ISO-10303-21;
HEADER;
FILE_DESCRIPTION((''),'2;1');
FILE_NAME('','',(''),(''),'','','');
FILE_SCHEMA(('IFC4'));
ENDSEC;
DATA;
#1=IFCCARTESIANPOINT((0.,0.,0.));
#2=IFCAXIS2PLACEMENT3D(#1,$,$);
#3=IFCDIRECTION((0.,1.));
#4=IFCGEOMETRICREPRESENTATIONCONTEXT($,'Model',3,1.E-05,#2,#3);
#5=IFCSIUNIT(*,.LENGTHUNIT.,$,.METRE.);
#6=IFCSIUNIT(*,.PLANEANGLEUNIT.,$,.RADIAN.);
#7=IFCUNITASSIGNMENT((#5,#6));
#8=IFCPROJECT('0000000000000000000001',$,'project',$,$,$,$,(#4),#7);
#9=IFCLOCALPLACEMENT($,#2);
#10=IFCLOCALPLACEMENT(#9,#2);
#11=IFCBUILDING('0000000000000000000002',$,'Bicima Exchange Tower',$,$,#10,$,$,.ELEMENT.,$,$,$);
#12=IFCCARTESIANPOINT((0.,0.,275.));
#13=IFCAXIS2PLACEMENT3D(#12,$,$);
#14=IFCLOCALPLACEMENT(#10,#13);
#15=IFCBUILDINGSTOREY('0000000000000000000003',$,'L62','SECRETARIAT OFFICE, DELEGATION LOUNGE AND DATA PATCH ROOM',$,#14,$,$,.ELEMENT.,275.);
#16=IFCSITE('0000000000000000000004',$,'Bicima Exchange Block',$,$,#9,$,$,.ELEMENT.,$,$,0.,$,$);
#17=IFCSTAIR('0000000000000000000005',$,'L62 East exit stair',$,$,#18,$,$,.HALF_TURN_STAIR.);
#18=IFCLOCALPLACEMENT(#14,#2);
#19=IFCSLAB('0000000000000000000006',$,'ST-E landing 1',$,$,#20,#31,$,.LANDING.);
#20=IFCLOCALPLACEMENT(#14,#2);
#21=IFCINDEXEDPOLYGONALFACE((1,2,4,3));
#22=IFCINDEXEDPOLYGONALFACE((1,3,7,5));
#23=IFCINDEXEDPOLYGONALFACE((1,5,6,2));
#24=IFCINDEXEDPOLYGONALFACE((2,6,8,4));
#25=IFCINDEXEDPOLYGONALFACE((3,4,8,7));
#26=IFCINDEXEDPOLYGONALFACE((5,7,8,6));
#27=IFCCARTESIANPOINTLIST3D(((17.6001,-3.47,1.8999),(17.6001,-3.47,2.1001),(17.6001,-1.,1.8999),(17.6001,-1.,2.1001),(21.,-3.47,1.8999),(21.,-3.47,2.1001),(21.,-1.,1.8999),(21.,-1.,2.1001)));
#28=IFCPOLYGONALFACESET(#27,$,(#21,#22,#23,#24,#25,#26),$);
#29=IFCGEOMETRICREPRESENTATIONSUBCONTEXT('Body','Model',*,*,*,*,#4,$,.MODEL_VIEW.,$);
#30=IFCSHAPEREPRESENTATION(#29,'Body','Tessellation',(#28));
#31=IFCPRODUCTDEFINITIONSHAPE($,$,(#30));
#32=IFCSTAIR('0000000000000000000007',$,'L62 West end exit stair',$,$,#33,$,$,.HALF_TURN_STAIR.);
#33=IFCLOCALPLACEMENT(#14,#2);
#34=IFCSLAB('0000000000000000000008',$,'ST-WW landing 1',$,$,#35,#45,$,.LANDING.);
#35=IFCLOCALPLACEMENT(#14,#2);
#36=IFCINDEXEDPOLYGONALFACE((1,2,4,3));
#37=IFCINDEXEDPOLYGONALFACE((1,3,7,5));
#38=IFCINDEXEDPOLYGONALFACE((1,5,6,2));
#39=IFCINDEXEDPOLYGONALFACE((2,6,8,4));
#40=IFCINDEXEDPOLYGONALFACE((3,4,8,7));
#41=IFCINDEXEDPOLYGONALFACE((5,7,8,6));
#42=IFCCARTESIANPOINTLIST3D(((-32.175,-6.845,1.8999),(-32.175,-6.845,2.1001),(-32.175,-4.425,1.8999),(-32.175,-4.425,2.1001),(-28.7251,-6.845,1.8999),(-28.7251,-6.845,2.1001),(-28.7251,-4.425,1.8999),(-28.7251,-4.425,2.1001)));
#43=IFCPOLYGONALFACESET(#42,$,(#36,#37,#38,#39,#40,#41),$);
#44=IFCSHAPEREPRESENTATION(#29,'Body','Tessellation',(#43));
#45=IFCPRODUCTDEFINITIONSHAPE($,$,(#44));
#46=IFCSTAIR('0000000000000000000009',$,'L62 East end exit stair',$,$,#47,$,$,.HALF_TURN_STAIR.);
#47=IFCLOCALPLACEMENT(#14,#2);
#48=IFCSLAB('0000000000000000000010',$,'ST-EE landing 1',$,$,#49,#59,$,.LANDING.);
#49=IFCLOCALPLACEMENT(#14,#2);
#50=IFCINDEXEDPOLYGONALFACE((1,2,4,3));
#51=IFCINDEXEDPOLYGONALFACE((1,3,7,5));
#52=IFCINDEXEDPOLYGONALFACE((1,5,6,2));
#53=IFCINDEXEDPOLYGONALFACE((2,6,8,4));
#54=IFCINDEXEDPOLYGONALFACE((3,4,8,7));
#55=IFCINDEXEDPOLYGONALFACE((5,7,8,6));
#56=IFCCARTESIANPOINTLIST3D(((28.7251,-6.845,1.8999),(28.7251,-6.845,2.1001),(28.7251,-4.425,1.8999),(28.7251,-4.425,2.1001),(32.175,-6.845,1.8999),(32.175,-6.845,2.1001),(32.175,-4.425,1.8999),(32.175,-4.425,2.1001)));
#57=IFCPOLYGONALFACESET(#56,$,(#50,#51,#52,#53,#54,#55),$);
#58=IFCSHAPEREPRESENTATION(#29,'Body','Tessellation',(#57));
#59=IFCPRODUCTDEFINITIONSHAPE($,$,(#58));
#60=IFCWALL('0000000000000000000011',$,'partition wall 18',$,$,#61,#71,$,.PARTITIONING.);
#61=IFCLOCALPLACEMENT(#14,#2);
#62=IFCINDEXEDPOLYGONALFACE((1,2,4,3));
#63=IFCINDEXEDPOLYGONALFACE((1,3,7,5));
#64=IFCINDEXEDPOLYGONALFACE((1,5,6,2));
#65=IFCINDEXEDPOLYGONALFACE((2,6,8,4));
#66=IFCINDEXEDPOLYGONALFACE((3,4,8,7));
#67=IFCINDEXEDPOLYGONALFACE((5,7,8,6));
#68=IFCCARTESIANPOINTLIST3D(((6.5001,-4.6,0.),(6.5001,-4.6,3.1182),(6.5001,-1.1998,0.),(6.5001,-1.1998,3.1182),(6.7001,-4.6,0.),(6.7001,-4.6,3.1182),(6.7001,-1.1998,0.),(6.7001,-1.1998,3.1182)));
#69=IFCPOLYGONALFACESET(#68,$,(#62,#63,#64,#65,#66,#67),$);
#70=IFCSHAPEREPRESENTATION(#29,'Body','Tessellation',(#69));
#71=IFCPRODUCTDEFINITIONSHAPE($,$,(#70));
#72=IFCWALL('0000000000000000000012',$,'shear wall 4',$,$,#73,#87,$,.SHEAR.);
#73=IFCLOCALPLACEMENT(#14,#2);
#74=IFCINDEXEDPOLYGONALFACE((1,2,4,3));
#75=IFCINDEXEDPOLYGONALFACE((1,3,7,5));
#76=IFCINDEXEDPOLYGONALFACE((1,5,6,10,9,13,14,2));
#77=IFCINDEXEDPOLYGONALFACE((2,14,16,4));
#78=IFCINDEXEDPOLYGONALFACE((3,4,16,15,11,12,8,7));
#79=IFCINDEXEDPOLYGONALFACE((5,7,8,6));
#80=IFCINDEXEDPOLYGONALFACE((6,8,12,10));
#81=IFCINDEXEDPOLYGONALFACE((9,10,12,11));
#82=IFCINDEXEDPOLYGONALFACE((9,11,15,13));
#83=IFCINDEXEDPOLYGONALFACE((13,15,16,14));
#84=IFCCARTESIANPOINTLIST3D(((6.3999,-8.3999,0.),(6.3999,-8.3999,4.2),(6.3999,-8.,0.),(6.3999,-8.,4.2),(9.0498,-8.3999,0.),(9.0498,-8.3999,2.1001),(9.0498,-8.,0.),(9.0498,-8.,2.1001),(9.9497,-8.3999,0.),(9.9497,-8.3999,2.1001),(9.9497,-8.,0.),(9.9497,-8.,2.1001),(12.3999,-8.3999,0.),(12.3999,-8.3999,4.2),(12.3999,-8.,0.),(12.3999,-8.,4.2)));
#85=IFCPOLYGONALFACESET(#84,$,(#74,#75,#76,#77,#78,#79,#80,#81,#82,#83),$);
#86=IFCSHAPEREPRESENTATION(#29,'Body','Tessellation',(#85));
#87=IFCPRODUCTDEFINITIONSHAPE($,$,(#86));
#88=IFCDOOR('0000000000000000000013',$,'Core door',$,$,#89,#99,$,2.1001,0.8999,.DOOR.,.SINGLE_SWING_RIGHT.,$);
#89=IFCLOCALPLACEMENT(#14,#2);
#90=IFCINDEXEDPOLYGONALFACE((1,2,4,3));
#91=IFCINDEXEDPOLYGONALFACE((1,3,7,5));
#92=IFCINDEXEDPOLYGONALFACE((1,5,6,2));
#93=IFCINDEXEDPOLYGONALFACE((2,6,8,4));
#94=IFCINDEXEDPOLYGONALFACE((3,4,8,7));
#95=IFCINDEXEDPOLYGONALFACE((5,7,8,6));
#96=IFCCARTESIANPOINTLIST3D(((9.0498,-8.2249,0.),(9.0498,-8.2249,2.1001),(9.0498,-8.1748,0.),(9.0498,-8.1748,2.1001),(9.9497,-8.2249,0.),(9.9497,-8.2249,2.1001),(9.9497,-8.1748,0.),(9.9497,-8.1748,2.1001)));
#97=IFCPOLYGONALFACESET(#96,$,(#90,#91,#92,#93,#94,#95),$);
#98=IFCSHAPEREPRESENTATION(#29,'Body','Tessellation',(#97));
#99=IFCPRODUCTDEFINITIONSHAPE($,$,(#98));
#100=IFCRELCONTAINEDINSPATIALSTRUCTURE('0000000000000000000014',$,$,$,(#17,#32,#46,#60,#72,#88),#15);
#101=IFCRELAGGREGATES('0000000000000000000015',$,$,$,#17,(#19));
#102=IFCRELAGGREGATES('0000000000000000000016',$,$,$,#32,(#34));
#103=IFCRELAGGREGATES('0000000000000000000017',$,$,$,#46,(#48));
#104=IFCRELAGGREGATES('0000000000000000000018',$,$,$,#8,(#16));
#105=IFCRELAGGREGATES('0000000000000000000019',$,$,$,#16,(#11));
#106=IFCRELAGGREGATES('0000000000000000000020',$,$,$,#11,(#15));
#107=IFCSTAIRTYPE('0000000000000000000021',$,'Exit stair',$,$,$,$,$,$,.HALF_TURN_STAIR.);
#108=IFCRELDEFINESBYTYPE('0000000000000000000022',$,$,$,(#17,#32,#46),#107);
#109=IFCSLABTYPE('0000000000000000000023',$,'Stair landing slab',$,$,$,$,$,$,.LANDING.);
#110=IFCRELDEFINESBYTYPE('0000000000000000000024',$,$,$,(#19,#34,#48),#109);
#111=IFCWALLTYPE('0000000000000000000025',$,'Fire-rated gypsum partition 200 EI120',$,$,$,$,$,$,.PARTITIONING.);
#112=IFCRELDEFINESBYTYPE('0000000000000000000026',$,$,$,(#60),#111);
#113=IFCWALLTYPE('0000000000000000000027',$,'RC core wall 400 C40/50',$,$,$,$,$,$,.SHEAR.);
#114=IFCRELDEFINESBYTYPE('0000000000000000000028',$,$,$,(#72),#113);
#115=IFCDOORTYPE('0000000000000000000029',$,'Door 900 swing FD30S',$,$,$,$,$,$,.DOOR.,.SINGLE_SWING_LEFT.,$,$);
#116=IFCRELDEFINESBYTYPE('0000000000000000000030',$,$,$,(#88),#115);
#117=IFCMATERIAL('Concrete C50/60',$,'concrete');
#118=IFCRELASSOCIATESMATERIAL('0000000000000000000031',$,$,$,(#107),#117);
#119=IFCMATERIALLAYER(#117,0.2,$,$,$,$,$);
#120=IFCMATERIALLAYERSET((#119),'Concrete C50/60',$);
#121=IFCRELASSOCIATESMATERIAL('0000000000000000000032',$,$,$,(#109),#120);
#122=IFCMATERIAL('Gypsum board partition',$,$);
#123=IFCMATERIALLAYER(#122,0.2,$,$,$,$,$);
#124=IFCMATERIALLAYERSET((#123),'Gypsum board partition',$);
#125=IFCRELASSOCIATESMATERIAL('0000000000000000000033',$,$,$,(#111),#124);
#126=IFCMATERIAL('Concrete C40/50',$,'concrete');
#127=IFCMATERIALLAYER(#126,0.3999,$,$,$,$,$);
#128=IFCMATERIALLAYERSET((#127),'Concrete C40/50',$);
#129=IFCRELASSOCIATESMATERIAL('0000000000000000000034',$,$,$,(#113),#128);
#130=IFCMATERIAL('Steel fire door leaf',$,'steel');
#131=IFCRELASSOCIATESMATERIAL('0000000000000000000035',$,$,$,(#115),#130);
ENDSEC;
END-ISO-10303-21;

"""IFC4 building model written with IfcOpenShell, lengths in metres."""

from ifc_helpers import new_model, si_unit, direction, frame, frame_2d, origin, place, context, subcontext, project, spatial, polyline, rectangle, outline, extrude, material, layer, layer_set, type_object, element, fill, aggregate, save


model = new_model("IFC4")

# Units and contexts
model_context = context("Model", 3, precision=1e-05, world=origin(), true_north=direction((0.0, 1.0)))
body_context = subcontext(model_context, "Body", "Model", "MODEL_VIEW")
ifc_project = project(units=[si_unit("LENGTHUNIT", "METRE"), si_unit("PLANEANGLEUNIT", "RADIAN")], contexts=[model_context])

# Site, building, storey
site_placement = place(None, origin())
site = spatial("IfcSite", under=ifc_project, at=site_placement, Name="Bicima Exchange Block", CompositionType="ELEMENT", RefElevation=0.0)
building_placement = place(site_placement, origin())
building = spatial("IfcBuilding", under=site, at=building_placement, Name="Bicima Exchange Tower", CompositionType="ELEMENT")
storey_placement = place(building_placement, frame((0.0, 0.0, 275.0)))
storey = spatial("IfcBuildingStorey", under=building, at=storey_placement, Name="L62", Description="SECRETARIAT OFFICE, DELEGATION LOUNGE AND DATA PATCH ROOM", CompositionType="ELEMENT", Elevation=275.0)

# Stairs, slabs
ifc_material_1 = material(Name="Concrete C50/60", Category="concrete")
stair_type_1 = type_object("IfcStairType", Name="Exit stair", PredefinedType="HALF_TURN_STAIR", material=ifc_material_1)
stair_1_placement = place(storey_placement, origin())
stair_1 = element("IfcStair", 1, at=stair_1_placement, inside=storey, type_object=stair_type_1, Name="L62 East exit stair", PredefinedType="HALF_TURN_STAIR")
ifc_layer_1 = layer(ifc_material_1, 0.2)
ifc_layer_set_1 = layer_set([ifc_layer_1], Name="Concrete C50/60")
slab_type = type_object("IfcSlabType", Name="Stair landing slab", PredefinedType="LANDING", material=ifc_layer_set_1)
slab_1_placement = place(storey_placement, frame((0.0, 0.0, 1.8999)))
slab_1 = element("IfcSlab", 2, at=slab_1_placement, type_object=slab_type, Name="ST-E landing 1", PredefinedType="LANDING", context=body_context, shape_type="SweptSolid", body=[
    extrude(outline(polyline([(21.0, -3.47), (21.0, -1.0), (17.6001, -1.0), (17.6001, -3.47), (21.0, -3.47)])), origin(), (0.0, 0.0, 1.0), 0.2002),
])
aggregate(stair_1, [slab_1])
stair_2_placement = place(storey_placement, origin())
stair_2 = element("IfcStair", 3, at=stair_2_placement, inside=storey, type_object=stair_type_1, Name="L62 West end exit stair", PredefinedType="HALF_TURN_STAIR")
slab_2_placement = place(storey_placement, frame((0.0, 0.0, 1.8999)))
slab_2 = element("IfcSlab", 4, at=slab_2_placement, type_object=slab_type, Name="ST-WW landing 1", PredefinedType="LANDING", context=body_context, shape_type="SweptSolid", body=[
    extrude(outline(polyline([(-28.7251, -6.845), (-28.7251, -4.425), (-32.175, -4.425), (-32.175, -6.845), (-28.7251, -6.845)])), origin(), (0.0, 0.0, 1.0), 0.2002),
])
aggregate(stair_2, [slab_2])
stair_3_placement = place(storey_placement, origin())
stair_3 = element("IfcStair", 5, at=stair_3_placement, inside=storey, type_object=stair_type_1, Name="L62 East end exit stair", PredefinedType="HALF_TURN_STAIR")
slab_3_placement = place(storey_placement, frame((0.0, 0.0, 1.8999)))
slab_3 = element("IfcSlab", 6, at=slab_3_placement, type_object=slab_type, Name="ST-EE landing 1", PredefinedType="LANDING", context=body_context, shape_type="SweptSolid", body=[
    extrude(outline(polyline([(32.175, -6.845), (32.175, -4.425), (28.7251, -4.425), (28.7251, -6.845), (32.175, -6.845)])), origin(), (0.0, 0.0, 1.0), 0.2002),
])
aggregate(stair_3, [slab_3])

# Wall
ifc_material_2 = material(Name="Gypsum board partition")
ifc_layer_2 = layer(ifc_material_2, 0.2)
ifc_layer_set_2 = layer_set([ifc_layer_2], Name="Gypsum board partition")
wall_type_1 = type_object("IfcWallType", Name="Fire-rated gypsum partition 200 EI120", PredefinedType="PARTITIONING", material=ifc_layer_set_2)
wall_1_placement = place(storey_placement, frame((6.6001, -4.6001, 0.0), z_axis=(0.0, 0.0, 1.0), x_axis=(0.0, 1.0, 0.0)))
element("IfcWall", 7, at=wall_1_placement, inside=storey, type_object=wall_type_1, Name="partition wall 18", PredefinedType="PARTITIONING", context=body_context, shape_type="SweptSolid", body=[
    extrude(rectangle(XDim=3.4001, YDim=0.2, at=frame_2d((1.7002, 0.0))), origin(), (0.0, 0.0, 1.0), 3.1182),
])

# Wall, opening, door
ifc_material_3 = material(Name="Concrete C40/50", Category="concrete")
ifc_layer_3 = layer(ifc_material_3, 0.3999)
ifc_layer_set_3 = layer_set([ifc_layer_3], Name="Concrete C40/50")
wall_type_2 = type_object("IfcWallType", Name="RC core wall 400 C40/50", PredefinedType="SHEAR", material=ifc_layer_set_3)
wall_2_placement = place(storey_placement, frame((6.3999, -8.2, 0.0), z_axis=(0.0, 0.0, 1.0), x_axis=(1.0, 0.0, 0.0)))
wall_2 = element("IfcWall", 8, at=wall_2_placement, inside=storey, type_object=wall_type_2, Name="shear wall 4", PredefinedType="SHEAR", context=body_context, shape_type="SweptSolid", body=[
    extrude(rectangle(XDim=6.0, YDim=0.3999, at=frame_2d((3.0, 0.0))), origin(), (0.0, 0.0, 1.0), 4.2),
])
opening_1_placement = place(wall_2_placement, frame((2.6499, 0.0, 0.0)))
opening_1 = element("IfcOpeningElement", 9, at=opening_1_placement, cuts=wall_2, PredefinedType="OPENING", context=body_context, shape_type="SweptSolid", body=[
    extrude(rectangle(XDim=0.8999, YDim=2.1001, at=frame_2d((0.45, 1.05))), frame((0.0, 0.2119, 0.0), z_axis=(0.0, -1.0, 0.0), x_axis=(1.0, 0.0, 0.0)), (0.0, 0.0, 1.0), 0.4238),
])
ifc_material_4 = material(Name="Steel fire door leaf", Category="steel")
door_type_1 = type_object("IfcDoorType", Name="Door 900 swing FD30S", OperationType="SINGLE_SWING_LEFT", PredefinedType="DOOR", material=ifc_material_4)
door_1_placement = place(opening_1_placement, frame((0.8999, 0.0, 0.0), z_axis=(0.0, 0.0, 1.0), x_axis=(-1.0, 0.0, 0.0)))
door_1 = element("IfcDoor", 10, at=door_1_placement, inside=storey, type_object=door_type_1, Name="Core door", OperationType="SINGLE_SWING_RIGHT", OverallHeight=2.1001, OverallWidth=0.8999, PredefinedType="DOOR", context=body_context, shape_type="SweptSolid", body=[
    extrude(rectangle(XDim=0.8999, YDim=2.1001, at=frame_2d((0.45, 1.05))), frame((0.0, 0.0249, 0.0), z_axis=(0.0, -1.0, 0.0), x_axis=(1.0, 0.0, 0.0)), (0.0, 0.0, 1.0), 0.05),
])
fill(opening_1, door_1)

save(model, "model.ifc")
